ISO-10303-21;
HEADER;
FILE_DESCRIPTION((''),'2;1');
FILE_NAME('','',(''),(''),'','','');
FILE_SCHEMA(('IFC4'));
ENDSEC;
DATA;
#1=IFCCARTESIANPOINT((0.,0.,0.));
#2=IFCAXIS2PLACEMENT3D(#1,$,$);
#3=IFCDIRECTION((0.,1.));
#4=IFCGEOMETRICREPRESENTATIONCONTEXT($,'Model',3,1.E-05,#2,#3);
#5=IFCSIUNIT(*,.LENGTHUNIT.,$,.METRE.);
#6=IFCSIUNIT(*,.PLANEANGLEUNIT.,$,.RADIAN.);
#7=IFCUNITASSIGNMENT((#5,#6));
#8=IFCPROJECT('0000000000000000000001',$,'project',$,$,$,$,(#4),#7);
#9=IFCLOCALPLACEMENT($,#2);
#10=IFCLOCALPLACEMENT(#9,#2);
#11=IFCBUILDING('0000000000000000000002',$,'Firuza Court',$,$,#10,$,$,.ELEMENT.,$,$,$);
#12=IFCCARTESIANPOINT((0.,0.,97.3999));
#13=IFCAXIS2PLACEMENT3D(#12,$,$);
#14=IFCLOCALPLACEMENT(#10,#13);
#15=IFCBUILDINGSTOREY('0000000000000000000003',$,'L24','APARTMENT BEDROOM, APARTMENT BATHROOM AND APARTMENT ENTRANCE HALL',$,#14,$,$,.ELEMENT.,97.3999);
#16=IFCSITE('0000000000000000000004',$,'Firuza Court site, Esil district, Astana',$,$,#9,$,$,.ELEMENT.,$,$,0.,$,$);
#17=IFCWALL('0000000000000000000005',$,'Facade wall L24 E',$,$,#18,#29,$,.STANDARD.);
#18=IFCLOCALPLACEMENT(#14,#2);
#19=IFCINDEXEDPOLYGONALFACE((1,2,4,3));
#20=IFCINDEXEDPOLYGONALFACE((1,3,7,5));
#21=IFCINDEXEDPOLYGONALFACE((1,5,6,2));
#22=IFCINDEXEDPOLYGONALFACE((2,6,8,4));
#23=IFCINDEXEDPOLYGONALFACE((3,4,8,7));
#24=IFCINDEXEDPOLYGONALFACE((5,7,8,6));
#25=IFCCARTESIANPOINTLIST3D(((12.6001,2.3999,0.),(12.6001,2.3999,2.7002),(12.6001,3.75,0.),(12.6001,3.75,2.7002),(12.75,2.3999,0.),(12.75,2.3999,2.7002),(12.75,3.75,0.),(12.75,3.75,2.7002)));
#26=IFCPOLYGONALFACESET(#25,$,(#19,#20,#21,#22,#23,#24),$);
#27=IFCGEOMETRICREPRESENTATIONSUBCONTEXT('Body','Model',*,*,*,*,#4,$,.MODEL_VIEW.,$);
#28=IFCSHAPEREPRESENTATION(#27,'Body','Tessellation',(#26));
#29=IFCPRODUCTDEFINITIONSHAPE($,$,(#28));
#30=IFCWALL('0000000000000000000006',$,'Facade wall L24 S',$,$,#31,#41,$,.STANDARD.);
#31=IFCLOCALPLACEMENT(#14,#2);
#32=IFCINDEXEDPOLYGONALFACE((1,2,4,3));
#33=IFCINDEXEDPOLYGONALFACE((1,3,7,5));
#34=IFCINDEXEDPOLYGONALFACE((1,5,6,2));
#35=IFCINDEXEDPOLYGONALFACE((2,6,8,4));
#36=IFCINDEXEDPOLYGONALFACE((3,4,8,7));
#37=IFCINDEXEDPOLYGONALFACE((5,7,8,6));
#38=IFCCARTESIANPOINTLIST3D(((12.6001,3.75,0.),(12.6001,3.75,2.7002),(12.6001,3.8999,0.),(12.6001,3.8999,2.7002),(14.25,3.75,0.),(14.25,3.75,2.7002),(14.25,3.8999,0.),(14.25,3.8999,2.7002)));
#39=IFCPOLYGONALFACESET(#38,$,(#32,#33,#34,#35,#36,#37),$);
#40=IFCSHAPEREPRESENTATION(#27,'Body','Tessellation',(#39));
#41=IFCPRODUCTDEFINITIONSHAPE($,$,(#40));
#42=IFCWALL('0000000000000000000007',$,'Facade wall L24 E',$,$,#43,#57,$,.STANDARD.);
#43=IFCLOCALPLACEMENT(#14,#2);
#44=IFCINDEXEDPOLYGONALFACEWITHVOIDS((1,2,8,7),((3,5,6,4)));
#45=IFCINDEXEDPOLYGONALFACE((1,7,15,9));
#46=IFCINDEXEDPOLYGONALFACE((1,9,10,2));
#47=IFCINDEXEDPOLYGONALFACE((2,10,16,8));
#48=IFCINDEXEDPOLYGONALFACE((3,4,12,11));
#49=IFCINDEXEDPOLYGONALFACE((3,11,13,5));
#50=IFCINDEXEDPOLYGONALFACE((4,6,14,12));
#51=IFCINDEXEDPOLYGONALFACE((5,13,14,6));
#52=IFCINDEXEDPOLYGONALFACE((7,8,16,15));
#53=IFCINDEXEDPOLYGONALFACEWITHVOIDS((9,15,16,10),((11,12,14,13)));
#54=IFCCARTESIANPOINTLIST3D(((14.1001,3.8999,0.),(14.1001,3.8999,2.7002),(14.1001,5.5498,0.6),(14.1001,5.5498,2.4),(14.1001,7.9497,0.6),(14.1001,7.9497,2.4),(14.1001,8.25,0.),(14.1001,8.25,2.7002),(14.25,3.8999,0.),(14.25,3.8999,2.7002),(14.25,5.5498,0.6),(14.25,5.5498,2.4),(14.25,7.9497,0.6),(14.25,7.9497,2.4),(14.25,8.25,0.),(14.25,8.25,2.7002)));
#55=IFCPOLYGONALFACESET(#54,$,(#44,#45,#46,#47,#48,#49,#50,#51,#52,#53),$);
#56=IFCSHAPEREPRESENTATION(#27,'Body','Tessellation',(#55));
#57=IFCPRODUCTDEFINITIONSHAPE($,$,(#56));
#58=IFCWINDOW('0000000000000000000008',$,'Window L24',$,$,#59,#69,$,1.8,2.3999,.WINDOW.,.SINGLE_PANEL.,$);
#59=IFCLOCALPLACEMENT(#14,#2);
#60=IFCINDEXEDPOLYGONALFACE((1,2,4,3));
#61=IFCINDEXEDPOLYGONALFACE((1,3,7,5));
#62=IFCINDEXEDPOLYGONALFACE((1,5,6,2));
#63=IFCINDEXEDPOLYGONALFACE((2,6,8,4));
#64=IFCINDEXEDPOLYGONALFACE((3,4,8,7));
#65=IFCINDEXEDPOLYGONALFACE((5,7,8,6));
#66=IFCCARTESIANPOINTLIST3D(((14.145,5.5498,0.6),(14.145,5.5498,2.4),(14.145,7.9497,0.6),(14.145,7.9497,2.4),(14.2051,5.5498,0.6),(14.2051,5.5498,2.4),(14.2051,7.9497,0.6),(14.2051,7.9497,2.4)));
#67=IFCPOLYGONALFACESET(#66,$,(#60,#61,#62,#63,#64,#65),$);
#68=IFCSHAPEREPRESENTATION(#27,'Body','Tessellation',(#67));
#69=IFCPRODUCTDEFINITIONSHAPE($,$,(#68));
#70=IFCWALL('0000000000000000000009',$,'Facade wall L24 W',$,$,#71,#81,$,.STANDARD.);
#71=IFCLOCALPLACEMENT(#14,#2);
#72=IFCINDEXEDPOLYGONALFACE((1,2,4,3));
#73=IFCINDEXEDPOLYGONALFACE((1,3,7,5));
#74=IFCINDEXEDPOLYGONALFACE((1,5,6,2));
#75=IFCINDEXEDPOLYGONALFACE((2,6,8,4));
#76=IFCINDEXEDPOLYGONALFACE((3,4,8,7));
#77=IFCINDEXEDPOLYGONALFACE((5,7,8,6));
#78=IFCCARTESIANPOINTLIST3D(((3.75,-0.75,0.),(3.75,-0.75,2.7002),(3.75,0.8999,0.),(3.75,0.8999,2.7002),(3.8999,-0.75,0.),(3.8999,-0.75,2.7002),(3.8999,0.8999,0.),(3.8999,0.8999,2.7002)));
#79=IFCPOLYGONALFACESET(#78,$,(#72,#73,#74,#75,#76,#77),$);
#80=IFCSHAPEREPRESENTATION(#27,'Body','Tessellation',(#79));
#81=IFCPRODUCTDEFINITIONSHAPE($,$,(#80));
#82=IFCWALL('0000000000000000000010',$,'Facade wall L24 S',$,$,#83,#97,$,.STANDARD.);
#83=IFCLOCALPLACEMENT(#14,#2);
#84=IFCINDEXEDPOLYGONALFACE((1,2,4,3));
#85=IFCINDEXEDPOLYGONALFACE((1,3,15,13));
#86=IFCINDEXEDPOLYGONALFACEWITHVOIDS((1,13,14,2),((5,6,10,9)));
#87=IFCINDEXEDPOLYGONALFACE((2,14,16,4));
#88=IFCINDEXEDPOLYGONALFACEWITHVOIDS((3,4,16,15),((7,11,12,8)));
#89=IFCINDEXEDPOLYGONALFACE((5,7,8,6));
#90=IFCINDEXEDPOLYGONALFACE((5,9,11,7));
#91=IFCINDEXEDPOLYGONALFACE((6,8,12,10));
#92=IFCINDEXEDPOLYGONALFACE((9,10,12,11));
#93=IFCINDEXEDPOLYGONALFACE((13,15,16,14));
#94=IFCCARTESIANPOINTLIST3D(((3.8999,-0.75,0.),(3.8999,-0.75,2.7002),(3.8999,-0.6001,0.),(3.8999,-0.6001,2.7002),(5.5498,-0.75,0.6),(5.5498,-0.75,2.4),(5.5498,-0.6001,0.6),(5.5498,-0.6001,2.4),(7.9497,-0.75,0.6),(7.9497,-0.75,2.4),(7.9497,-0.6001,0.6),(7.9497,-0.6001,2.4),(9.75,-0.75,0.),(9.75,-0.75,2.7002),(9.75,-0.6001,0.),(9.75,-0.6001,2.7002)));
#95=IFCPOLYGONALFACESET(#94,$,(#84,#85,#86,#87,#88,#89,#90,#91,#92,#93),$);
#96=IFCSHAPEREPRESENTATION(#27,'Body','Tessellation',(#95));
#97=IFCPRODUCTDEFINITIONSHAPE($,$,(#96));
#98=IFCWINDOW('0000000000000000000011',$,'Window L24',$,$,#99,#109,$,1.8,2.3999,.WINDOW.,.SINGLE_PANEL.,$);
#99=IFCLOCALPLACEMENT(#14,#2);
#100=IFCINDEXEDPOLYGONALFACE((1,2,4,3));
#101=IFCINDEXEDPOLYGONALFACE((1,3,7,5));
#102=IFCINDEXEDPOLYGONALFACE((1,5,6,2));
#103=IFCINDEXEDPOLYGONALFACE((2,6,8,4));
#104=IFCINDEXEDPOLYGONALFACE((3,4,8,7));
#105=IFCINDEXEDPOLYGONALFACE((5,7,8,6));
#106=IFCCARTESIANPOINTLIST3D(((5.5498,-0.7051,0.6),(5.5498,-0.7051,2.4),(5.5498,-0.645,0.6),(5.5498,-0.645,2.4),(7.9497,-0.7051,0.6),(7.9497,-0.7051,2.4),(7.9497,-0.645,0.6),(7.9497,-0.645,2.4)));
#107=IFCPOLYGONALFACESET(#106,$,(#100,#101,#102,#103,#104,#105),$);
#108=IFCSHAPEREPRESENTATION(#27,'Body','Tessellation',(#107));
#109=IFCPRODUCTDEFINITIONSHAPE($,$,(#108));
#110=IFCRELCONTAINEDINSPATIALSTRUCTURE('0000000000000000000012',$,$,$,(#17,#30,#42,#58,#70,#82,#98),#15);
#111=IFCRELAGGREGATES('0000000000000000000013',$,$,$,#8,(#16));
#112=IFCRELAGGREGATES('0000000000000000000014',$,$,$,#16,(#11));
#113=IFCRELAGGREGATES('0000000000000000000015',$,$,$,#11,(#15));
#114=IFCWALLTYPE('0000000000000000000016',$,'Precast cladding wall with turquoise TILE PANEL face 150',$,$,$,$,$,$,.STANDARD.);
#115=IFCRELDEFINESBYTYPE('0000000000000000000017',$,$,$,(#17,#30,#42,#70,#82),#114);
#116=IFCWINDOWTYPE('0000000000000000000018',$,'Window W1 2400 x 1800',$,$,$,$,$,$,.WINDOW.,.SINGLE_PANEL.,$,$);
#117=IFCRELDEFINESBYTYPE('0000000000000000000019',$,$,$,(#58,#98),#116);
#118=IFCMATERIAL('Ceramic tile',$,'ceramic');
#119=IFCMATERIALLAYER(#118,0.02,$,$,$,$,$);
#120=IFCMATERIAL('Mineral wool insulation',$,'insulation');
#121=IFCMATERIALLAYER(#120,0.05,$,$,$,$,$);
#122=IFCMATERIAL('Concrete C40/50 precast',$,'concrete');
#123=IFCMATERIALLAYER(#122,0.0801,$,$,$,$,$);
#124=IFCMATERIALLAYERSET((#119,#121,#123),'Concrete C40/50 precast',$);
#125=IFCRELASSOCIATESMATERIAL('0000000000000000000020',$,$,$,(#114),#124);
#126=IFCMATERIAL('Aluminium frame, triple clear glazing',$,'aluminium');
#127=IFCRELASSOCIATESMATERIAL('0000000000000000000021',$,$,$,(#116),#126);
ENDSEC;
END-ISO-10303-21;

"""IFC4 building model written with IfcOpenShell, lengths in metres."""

from ifc_helpers import new_model, si_unit, direction, frame, frame_2d, origin, place, context, subcontext, project, spatial, rectangle, extrude, material, layer, layer_set, type_object, element, fill, save


model = new_model("IFC4")

# Units and contexts
model_context = context("Model", 3, precision=1e-05, world=origin(), true_north=direction((0.0, 1.0)))
body_context = subcontext(model_context, "Body", "Model", "MODEL_VIEW")
ifc_project = project(units=[si_unit("LENGTHUNIT", "METRE"), si_unit("PLANEANGLEUNIT", "RADIAN")], contexts=[model_context])

# Site, building, storey
site_placement = place(None, origin())
site = spatial("IfcSite", under=ifc_project, at=site_placement, Name="Firuza Court site, Esil district, Astana", CompositionType="ELEMENT", RefElevation=0.0)
building_placement = place(site_placement, origin())
building = spatial("IfcBuilding", under=site, at=building_placement, Name="Firuza Court", CompositionType="ELEMENT")
storey_placement = place(building_placement, frame((0.0, 0.0, 97.3999)))
storey = spatial("IfcBuildingStorey", under=building, at=storey_placement, Name="L24", Description="APARTMENT BEDROOM, APARTMENT BATHROOM AND APARTMENT ENTRANCE HALL", CompositionType="ELEMENT", Elevation=97.3999)

# Walls
ifc_material_1 = material(Name="Ceramic tile", Category="ceramic")
ifc_layer_1 = layer(ifc_material_1, 0.02)
ifc_material_2 = material(Name="Mineral wool insulation", Category="insulation")
ifc_layer_2 = layer(ifc_material_2, 0.05)
ifc_material_3 = material(Name="Concrete C40/50 precast", Category="concrete")
ifc_layer_3 = layer(ifc_material_3, 0.0801)
ifc_layer_set_1 = layer_set([ifc_layer_1, ifc_layer_2, ifc_layer_3], Name="Concrete C40/50 precast")
wall_type_1 = type_object("IfcWallType", Name="Precast cladding wall with turquoise TILE PANEL face 150", PredefinedType="STANDARD", material=ifc_layer_set_1)
wall_1_placement = place(storey_placement, frame((12.675, 2.3999, 0.0), z_axis=(0.0, 0.0, 1.0), x_axis=(0.0, 1.0, 0.0)))
element("IfcWall", 1, at=wall_1_placement, inside=storey, type_object=wall_type_1, Name="Facade wall L24 E", PredefinedType="STANDARD", context=body_context, shape_type="SweptSolid", body=[
    extrude(rectangle(XDim=1.3501, YDim=0.1499, at=frame_2d((0.675, 0.0))), origin(), (0.0, 0.0, 1.0), 2.7002),
])
wall_2_placement = place(storey_placement, frame((12.6001, 3.825, 0.0), z_axis=(0.0, 0.0, 1.0), x_axis=(1.0, 0.0, 0.0)))
element("IfcWall", 2, at=wall_2_placement, inside=storey, type_object=wall_type_1, Name="Facade wall L24 S", PredefinedType="STANDARD", context=body_context, shape_type="SweptSolid", body=[
    extrude(rectangle(XDim=1.6499, YDim=0.1499, at=frame_2d((0.825, 0.0))), origin(), (0.0, 0.0, 1.0), 2.7002),
])

# Wall, opening, window
wall_3_placement = place(storey_placement, frame((14.175, 3.8999, 0.0), z_axis=(0.0, 0.0, 1.0), x_axis=(0.0, 1.0, 0.0)))
wall_3 = element("IfcWall", 3, at=wall_3_placement, inside=storey, type_object=wall_type_1, Name="Facade wall L24 E", PredefinedType="STANDARD", context=body_context, shape_type="SweptSolid", body=[
    extrude(rectangle(XDim=4.3501, YDim=0.1499, at=frame_2d((2.175, 0.0))), origin(), (0.0, 0.0, 1.0), 2.7002),
])
opening_1_placement = place(wall_3_placement, frame((1.6499, 0.0, 0.6001)))
opening_1 = element("IfcOpeningElement", 4, at=opening_1_placement, cuts=wall_3, PredefinedType="OPENING", context=body_context, shape_type="SweptSolid", body=[
    extrude(rectangle(XDim=2.3999, YDim=1.8, at=frame_2d((1.2, 0.8999))), frame((0.0, 0.0869, 0.0), z_axis=(0.0, -1.0, 0.0), x_axis=(1.0, 0.0, 0.0)), (0.0, 0.0, 1.0), 0.1738),
])
ifc_material_4 = material(Name="Aluminium frame, triple clear glazing", Category="aluminium")
window_type = type_object("IfcWindowType", Name="Window W1 2400 x 1800", PartitioningType="SINGLE_PANEL", PredefinedType="WINDOW", material=ifc_material_4)
window_1_placement = place(opening_1_placement, origin())
window_1 = element("IfcWindow", 5, at=window_1_placement, inside=storey, type_object=window_type, Name="Window L24", OverallHeight=1.8, OverallWidth=2.3999, PartitioningType="SINGLE_PANEL", PredefinedType="WINDOW", context=body_context, shape_type="SweptSolid", body=[
    extrude(rectangle(XDim=2.3999, YDim=1.8, at=frame_2d((1.2, 0.8999))), frame((0.0, 0.03, 0.0), z_axis=(0.0, -1.0, 0.0), x_axis=(1.0, 0.0, 0.0)), (0.0, 0.0, 1.0), 0.0601),
])
fill(opening_1, window_1)

# Wall
wall_4_placement = place(storey_placement, frame((3.825, 0.8999, 0.0), z_axis=(0.0, 0.0, 1.0), x_axis=(0.0, -1.0, 0.0)))
element("IfcWall", 6, at=wall_4_placement, inside=storey, type_object=wall_type_1, Name="Facade wall L24 W", PredefinedType="STANDARD", context=body_context, shape_type="SweptSolid", body=[
    extrude(rectangle(XDim=1.6499, YDim=0.1499, at=frame_2d((0.825, 0.0))), origin(), (0.0, 0.0, 1.0), 2.7002),
])

# Wall, opening, window
wall_5_placement = place(storey_placement, frame((3.8999, -0.675, 0.0), z_axis=(0.0, 0.0, 1.0), x_axis=(1.0, 0.0, 0.0)))
wall_5 = element("IfcWall", 7, at=wall_5_placement, inside=storey, type_object=wall_type_1, Name="Facade wall L24 S", PredefinedType="STANDARD", context=body_context, shape_type="SweptSolid", body=[
    extrude(rectangle(XDim=5.8501, YDim=0.1499, at=frame_2d((2.925, 0.0))), origin(), (0.0, 0.0, 1.0), 2.7002),
])
opening_2_placement = place(wall_5_placement, frame((1.6499, 0.0, 0.6001)))
opening_2 = element("IfcOpeningElement", 8, at=opening_2_placement, cuts=wall_5, PredefinedType="OPENING", context=body_context, shape_type="SweptSolid", body=[
    extrude(rectangle(XDim=2.3999, YDim=1.8, at=frame_2d((1.2, 0.8999))), frame((0.0, 0.0869, 0.0), z_axis=(0.0, -1.0, 0.0), x_axis=(1.0, 0.0, 0.0)), (0.0, 0.0, 1.0), 0.1738),
])
window_2_placement = place(opening_2_placement, origin())
window_2 = element("IfcWindow", 9, at=window_2_placement, inside=storey, type_object=window_type, Name="Window L24", OverallHeight=1.8, OverallWidth=2.3999, PartitioningType="SINGLE_PANEL", PredefinedType="WINDOW", context=body_context, shape_type="SweptSolid", body=[
    extrude(rectangle(XDim=2.3999, YDim=1.8, at=frame_2d((1.2, 0.8999))), frame((0.0, 0.03, 0.0), z_axis=(0.0, -1.0, 0.0), x_axis=(1.0, 0.0, 0.0)), (0.0, 0.0, 1.0), 0.0601),
])
fill(opening_2, window_2)

save(model, "model.ifc")
